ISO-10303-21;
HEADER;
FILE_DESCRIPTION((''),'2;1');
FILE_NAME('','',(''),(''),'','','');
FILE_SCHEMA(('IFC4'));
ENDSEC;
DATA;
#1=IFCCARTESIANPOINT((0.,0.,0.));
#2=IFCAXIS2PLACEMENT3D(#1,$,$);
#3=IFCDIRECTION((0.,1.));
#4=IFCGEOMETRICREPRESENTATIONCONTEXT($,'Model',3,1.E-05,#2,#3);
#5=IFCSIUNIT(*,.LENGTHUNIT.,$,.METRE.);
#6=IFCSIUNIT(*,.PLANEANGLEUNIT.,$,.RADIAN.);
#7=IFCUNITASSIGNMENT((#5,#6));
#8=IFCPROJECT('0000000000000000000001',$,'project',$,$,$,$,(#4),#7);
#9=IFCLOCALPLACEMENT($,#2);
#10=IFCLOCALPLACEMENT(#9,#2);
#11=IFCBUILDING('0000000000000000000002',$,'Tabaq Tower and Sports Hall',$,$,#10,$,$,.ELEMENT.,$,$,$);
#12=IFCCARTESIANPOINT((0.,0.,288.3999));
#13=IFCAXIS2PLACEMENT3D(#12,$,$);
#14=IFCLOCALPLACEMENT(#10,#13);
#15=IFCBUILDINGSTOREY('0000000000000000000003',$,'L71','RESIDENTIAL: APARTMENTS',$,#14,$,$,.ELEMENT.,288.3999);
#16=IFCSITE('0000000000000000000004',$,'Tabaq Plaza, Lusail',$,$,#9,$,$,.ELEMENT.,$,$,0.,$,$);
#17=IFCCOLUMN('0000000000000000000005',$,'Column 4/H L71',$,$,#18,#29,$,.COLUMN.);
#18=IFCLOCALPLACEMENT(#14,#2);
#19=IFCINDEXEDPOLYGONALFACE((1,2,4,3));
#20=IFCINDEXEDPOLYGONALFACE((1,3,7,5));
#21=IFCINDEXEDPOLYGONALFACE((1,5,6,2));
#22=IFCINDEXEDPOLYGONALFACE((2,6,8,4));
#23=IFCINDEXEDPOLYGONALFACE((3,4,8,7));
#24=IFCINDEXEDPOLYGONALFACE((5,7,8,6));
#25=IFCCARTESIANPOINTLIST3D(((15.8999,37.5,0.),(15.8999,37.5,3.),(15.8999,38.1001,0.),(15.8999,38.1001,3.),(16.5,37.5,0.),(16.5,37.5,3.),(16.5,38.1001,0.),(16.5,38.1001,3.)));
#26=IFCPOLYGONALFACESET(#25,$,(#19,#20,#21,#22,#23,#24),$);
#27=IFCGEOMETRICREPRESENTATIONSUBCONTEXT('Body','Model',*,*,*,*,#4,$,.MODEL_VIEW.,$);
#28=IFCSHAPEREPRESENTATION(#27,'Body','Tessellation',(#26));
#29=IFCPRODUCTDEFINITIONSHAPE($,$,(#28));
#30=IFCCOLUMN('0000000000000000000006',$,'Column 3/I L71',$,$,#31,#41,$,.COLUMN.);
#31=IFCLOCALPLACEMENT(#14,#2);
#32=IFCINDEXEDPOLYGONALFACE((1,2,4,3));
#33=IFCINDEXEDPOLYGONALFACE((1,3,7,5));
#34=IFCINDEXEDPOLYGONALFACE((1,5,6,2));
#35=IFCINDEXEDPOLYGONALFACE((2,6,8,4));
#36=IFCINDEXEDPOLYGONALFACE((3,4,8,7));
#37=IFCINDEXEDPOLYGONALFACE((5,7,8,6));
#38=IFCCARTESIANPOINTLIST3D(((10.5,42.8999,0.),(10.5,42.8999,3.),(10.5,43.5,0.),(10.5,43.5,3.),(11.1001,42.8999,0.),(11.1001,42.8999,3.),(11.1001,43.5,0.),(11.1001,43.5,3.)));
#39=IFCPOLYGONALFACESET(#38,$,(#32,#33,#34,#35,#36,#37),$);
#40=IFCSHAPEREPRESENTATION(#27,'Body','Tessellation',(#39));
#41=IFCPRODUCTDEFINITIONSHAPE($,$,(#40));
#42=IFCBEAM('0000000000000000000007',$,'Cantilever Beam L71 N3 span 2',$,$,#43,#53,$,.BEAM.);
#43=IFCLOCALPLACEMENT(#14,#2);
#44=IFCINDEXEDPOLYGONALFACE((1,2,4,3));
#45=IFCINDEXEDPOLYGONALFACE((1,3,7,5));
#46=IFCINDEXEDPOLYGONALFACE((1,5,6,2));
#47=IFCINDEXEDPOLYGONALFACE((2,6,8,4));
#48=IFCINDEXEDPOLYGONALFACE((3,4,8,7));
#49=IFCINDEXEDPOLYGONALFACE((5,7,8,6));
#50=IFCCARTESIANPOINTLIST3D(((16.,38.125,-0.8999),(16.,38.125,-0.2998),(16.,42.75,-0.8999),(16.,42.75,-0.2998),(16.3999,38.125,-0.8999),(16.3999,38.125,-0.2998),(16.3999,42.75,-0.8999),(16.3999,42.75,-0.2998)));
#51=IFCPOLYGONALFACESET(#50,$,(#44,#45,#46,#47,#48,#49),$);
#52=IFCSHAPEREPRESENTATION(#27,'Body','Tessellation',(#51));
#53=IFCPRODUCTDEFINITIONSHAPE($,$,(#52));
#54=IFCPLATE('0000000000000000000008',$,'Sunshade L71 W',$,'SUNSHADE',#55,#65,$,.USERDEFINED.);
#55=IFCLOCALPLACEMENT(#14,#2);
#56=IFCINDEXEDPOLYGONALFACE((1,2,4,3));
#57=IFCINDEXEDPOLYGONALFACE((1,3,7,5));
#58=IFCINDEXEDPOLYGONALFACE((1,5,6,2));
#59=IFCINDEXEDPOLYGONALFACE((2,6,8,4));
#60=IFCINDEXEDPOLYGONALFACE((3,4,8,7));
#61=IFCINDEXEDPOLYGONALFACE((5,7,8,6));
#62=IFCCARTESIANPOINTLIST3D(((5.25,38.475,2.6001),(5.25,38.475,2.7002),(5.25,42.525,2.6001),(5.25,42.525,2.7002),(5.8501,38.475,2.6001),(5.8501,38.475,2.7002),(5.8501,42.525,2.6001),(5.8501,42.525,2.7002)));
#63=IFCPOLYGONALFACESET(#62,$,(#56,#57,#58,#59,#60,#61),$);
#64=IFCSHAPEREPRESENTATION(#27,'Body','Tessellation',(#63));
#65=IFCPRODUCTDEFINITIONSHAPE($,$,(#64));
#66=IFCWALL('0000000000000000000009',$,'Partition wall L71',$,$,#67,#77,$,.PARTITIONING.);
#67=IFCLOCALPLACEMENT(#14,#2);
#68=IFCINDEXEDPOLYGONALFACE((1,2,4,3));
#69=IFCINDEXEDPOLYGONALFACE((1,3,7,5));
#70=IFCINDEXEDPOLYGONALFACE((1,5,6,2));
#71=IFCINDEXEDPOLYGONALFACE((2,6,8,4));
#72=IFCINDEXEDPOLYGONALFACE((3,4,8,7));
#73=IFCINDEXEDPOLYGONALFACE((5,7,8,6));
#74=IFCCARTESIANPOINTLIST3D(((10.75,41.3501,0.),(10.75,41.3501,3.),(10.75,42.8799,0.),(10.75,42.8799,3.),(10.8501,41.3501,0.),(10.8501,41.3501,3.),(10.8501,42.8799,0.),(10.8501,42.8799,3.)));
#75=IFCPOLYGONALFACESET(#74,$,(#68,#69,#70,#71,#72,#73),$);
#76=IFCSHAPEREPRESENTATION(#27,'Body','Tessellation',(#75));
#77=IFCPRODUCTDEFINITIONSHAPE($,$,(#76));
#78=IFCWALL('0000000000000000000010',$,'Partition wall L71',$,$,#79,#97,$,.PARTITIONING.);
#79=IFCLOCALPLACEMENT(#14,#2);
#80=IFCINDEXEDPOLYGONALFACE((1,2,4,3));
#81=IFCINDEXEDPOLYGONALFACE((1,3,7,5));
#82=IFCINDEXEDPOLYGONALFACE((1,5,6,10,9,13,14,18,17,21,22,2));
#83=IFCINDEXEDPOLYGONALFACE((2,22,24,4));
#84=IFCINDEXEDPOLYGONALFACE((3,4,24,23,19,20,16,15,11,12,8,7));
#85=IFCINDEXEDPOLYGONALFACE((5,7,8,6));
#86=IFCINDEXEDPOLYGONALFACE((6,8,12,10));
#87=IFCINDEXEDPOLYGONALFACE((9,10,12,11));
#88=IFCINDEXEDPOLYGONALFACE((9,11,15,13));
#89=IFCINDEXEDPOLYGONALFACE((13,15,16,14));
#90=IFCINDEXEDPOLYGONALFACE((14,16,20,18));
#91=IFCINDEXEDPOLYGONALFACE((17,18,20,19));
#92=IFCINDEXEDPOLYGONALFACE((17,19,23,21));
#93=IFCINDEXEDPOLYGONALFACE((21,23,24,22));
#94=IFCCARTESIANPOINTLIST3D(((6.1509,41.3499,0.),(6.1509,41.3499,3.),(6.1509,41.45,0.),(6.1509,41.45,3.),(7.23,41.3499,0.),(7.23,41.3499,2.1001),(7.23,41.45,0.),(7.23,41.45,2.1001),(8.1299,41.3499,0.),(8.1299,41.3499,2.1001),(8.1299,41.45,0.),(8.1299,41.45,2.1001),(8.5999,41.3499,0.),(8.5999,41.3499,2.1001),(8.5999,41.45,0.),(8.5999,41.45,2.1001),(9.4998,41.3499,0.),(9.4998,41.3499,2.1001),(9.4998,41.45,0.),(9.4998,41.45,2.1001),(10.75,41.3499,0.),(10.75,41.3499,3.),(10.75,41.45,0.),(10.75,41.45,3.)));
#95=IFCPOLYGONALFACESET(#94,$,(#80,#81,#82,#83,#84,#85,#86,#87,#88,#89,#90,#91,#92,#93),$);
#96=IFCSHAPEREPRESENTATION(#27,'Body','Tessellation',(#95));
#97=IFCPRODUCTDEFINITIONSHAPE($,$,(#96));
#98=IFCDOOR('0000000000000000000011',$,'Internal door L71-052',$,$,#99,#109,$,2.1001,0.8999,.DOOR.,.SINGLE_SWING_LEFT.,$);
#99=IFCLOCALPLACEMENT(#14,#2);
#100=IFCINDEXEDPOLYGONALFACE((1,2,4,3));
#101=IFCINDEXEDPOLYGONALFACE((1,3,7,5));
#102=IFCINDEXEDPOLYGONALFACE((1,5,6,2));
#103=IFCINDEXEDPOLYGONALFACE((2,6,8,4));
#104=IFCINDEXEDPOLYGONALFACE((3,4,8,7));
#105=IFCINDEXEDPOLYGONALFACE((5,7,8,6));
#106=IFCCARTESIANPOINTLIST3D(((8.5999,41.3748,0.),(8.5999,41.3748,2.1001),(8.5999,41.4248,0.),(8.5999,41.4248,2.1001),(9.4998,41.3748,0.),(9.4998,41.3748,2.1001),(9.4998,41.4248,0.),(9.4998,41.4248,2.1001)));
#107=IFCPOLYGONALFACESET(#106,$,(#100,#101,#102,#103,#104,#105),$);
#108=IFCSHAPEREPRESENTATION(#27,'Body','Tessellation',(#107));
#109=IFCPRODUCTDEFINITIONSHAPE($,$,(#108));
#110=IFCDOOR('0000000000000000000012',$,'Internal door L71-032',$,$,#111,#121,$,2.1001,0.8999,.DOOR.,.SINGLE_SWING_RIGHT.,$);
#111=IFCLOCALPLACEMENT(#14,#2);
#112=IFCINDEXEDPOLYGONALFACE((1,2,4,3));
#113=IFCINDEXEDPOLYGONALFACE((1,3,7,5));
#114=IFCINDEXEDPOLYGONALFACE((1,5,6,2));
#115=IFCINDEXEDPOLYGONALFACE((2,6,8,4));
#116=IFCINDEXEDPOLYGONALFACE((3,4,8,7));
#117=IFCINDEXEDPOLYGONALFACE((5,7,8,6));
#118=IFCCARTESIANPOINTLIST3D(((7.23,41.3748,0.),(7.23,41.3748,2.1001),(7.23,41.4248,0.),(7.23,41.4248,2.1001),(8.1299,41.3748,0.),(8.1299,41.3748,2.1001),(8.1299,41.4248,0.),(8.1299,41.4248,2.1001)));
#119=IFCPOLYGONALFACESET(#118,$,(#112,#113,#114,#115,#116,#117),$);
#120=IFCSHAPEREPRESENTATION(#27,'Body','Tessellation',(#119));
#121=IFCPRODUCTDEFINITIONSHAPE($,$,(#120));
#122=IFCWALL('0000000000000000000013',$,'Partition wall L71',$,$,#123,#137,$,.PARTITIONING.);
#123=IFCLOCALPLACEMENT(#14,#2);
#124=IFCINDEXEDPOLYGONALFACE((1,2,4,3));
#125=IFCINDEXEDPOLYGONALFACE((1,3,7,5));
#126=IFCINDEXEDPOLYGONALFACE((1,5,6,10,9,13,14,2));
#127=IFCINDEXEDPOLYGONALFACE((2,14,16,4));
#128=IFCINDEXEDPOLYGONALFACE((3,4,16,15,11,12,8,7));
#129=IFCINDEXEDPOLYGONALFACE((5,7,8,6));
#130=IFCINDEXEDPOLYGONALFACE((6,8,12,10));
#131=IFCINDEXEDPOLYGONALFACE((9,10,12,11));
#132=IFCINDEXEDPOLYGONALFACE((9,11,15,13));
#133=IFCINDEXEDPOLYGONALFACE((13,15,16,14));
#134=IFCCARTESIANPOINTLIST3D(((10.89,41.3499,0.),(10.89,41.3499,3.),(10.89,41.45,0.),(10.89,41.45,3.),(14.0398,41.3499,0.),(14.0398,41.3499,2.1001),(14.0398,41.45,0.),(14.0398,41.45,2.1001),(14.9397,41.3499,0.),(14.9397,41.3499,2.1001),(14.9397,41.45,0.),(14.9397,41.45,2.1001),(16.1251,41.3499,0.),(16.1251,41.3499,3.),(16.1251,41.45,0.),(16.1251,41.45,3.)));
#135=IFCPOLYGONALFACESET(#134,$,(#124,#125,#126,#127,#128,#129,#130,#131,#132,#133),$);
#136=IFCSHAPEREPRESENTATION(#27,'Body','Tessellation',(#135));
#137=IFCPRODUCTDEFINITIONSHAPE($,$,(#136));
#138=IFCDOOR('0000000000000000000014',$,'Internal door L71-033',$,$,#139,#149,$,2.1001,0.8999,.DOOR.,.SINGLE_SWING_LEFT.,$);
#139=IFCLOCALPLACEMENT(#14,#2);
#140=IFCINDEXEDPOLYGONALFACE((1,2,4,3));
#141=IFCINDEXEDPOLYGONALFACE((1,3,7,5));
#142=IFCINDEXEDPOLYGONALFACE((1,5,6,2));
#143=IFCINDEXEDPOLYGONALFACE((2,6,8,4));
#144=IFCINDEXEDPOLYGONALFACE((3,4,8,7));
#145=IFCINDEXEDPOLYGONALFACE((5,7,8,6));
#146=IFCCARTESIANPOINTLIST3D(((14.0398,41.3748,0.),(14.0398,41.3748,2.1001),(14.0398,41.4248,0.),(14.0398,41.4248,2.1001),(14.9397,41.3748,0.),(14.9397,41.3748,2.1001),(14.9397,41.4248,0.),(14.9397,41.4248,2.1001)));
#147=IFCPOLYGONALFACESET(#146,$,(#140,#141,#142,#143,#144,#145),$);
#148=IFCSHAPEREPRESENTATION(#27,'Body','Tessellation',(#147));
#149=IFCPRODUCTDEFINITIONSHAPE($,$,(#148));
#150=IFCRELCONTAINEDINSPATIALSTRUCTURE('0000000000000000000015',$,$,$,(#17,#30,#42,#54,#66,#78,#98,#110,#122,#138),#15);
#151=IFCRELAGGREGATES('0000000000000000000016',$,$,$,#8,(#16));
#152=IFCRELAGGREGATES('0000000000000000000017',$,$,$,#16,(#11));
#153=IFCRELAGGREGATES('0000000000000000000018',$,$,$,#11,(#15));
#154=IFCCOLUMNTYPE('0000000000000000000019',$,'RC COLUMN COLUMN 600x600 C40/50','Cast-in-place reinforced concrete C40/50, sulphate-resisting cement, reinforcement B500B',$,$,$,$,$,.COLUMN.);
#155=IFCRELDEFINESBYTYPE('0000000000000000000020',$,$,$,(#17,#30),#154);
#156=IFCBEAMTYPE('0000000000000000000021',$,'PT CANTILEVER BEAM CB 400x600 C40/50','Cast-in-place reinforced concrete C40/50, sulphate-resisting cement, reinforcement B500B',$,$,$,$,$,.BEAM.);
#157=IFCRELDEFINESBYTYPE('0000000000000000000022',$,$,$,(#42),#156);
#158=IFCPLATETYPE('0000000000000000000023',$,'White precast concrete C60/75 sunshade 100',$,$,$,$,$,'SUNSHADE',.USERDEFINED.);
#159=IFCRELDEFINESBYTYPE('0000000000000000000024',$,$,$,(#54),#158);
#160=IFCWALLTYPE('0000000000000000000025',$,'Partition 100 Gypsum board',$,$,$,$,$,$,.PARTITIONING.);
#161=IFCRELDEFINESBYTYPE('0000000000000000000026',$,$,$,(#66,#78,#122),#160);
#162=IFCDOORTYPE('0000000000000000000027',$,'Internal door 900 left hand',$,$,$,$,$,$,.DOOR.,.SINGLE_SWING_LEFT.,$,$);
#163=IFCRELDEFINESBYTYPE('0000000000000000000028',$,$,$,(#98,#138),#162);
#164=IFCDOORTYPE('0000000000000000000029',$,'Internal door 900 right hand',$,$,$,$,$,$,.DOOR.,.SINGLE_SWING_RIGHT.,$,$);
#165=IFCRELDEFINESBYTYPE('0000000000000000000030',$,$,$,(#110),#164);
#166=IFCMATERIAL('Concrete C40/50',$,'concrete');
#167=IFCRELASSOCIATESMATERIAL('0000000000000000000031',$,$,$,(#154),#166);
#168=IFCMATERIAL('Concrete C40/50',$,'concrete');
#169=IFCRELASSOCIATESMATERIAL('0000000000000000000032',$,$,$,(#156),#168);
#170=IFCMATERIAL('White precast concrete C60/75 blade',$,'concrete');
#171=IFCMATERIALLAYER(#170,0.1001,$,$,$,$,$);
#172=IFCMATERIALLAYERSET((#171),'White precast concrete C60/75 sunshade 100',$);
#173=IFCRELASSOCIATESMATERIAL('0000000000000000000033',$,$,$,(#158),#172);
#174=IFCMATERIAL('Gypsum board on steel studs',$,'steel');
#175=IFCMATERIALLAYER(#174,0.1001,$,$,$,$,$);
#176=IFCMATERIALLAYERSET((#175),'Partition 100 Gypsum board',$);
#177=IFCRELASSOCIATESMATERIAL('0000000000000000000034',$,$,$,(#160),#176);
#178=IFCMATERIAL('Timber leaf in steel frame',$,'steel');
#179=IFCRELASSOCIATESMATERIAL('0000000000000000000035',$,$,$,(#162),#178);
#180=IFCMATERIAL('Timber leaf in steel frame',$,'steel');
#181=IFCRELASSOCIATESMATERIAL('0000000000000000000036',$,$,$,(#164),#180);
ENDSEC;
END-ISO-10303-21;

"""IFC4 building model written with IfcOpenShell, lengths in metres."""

from ifc_helpers import new_model, si_unit, direction, frame, frame_2d, origin, origin_2d, place, context, subcontext, project, spatial, rectangle, extrude, material, layer, layer_set, material_profile, profile_set, type_object, element, fill, save


model = new_model("IFC4")

# Units and contexts
model_context = context("Model", 3, precision=1e-05, world=origin(), true_north=direction((0.0, 1.0)))
body_context = subcontext(model_context, "Body", "Model", "MODEL_VIEW")
ifc_project = project(units=[si_unit("LENGTHUNIT", "METRE"), si_unit("PLANEANGLEUNIT", "RADIAN")], contexts=[model_context])

# Site, building, storey
site_placement = place(None, origin())
site = spatial("IfcSite", under=ifc_project, at=site_placement, Name="Tabaq Plaza, Lusail", CompositionType="ELEMENT", RefElevation=0.0)
building_placement = place(site_placement, origin())
building = spatial("IfcBuilding", under=site, at=building_placement, Name="Tabaq Tower and Sports Hall", CompositionType="ELEMENT")
storey_placement = place(building_placement, frame((0.0, 0.0, 288.3999)))
storey = spatial("IfcBuildingStorey", under=building, at=storey_placement, Name="L71", Description="RESIDENTIAL: APARTMENTS", CompositionType="ELEMENT", Elevation=288.3999)

# Columns
ifc_material_1 = material(Name="Concrete C40/50", Category="concrete")
ifc_material_profile_1 = material_profile(ifc_material_1, rectangle(XDim=0.6001, YDim=0.6001, at=origin_2d()), Name="COLUMN 600x600")
ifc_profile_set_1 = profile_set([ifc_material_profile_1], Name="Concrete C40/50")
column_type = type_object("IfcColumnType", Name="RC COLUMN COLUMN 600x600 C40/50", Description="Cast-in-place reinforced concrete C40/50, sulphate-resisting cement, reinforcement B500B", PredefinedType="COLUMN", material=ifc_profile_set_1)
for number, where, z_axis, x_axis, name in (
    (1, (16.2, 37.8, 0.0), (0.0, 0.0, 1.0), (1.0, 0.0, 0.0), "Column 4/H L71"),
    (2, (10.8, 43.2, 0.0), (0.0, 0.0, 1.0), (1.0, 0.0, 0.0), "Column 3/I L71"),
):
    element("IfcColumn", number, at=place(storey_placement, frame(where, z_axis=z_axis, x_axis=x_axis)), inside=storey, type_object=column_type, Name=name, PredefinedType="COLUMN", context=body_context, shape_type="SweptSolid", body=[
        extrude(rectangle(XDim=0.6001, YDim=0.6001, at=origin_2d()), origin(), (0.0, 0.0, 1.0), 3.0),
    ])

# Beam
ifc_material_2 = material(Name="Concrete C40/50", Category="concrete")
ifc_material_profile_2 = material_profile(ifc_material_2, rectangle(XDim=0.3999, YDim=0.6001, at=origin_2d()), Name="CB 400x600")
ifc_profile_set_2 = profile_set([ifc_material_profile_2], Name="Concrete C40/50")
beam_type = type_object("IfcBeamType", Name="PT CANTILEVER BEAM CB 400x600 C40/50", Description="Cast-in-place reinforced concrete C40/50, sulphate-resisting cement, reinforcement B500B", PredefinedType="BEAM", material=ifc_profile_set_2)
beam_placement = place(storey_placement, frame((16.2, 42.75, -0.5999), z_axis=(0.0, -1.0, 0.0), x_axis=(1.0, 0.0, 0.0)))
element("IfcBeam", 3, at=beam_placement, inside=storey, type_object=beam_type, Name="Cantilever Beam L71 N3 span 2", PredefinedType="BEAM", context=body_context, shape_type="SweptSolid", body=[
    extrude(rectangle(XDim=0.3999, YDim=0.6001, at=origin_2d()), origin(), (0.0, 0.0, 1.0), 4.625),
])

# Plate
ifc_material_3 = material(Name="White precast concrete C60/75 blade", Category="concrete")
ifc_layer_1 = layer(ifc_material_3, 0.1001)
ifc_layer_set_1 = layer_set([ifc_layer_1], Name="White precast concrete C60/75 sunshade 100")
plate_type = type_object("IfcPlateType", Name="White precast concrete C60/75 sunshade 100", ElementType="SUNSHADE", PredefinedType="USERDEFINED", material=ifc_layer_set_1)
plate_placement = place(storey_placement, frame((5.55, 40.5, 2.6001), z_axis=(0.0, 0.0, 1.0), x_axis=(0.0, -1.0, 0.0)))
element("IfcPlate", 4, at=plate_placement, inside=storey, type_object=plate_type, Name="Sunshade L71 W", ObjectType="SUNSHADE", PredefinedType="USERDEFINED", context=body_context, shape_type="SweptSolid", body=[
    extrude(rectangle(XDim=4.05, YDim=0.6001, at=origin_2d()), origin(), (0.0, 0.0, 1.0), 0.1001),
])

# Wall
ifc_material_4 = material(Name="Gypsum board on steel studs", Category="steel")
ifc_layer_2 = layer(ifc_material_4, 0.1001)
ifc_layer_set_2 = layer_set([ifc_layer_2], Name="Partition 100 Gypsum board")
wall_type_1 = type_object("IfcWallType", Name="Partition 100 Gypsum board", PredefinedType="PARTITIONING", material=ifc_layer_set_2)
wall_1_placement = place(storey_placement, frame((10.8, 41.3501, 0.0), z_axis=(0.0, 0.0, 1.0), x_axis=(0.0, 1.0, 0.0)))
element("IfcWall", 5, at=wall_1_placement, inside=storey, type_object=wall_type_1, Name="Partition wall L71", PredefinedType="PARTITIONING", context=body_context, shape_type="SweptSolid", body=[
    extrude(rectangle(XDim=1.5298, YDim=0.1001, at=frame_2d((0.7649, 0.0))), origin(), (0.0, 0.0, 1.0), 3.0),
])

# Wall, openings, doors
wall_2_placement = place(storey_placement, frame((6.1509, 41.3999, 0.0), z_axis=(0.0, 0.0, 1.0), x_axis=(1.0, 0.0, 0.0)))
wall_2 = element("IfcWall", 6, at=wall_2_placement, inside=storey, type_object=wall_type_1, Name="Partition wall L71", PredefinedType="PARTITIONING", context=body_context, shape_type="SweptSolid", body=[
    extrude(rectangle(XDim=4.5991, YDim=0.1001, at=frame_2d((2.2996, 0.0))), origin(), (0.0, 0.0, 1.0), 3.0),
])
opening_1_placement = place(wall_2_placement, frame((1.0791, 0.0, 0.0)))
opening_1 = element("IfcOpeningElement", 7, at=opening_1_placement, cuts=wall_2, PredefinedType="OPENING", context=body_context, shape_type="SweptSolid", body=[
    extrude(rectangle(XDim=0.8999, YDim=2.1001, at=frame_2d((0.45, 1.05))), frame((0.0, 0.05, 0.0), z_axis=(0.0, -1.0, 0.0), x_axis=(1.0, 0.0, 0.0)), (0.0, 0.0, 1.0), 0.1001),
])
opening_2_placement = place(wall_2_placement, frame((2.449, 0.0, 0.0)))
opening_2 = element("IfcOpeningElement", 8, at=opening_2_placement, cuts=wall_2, PredefinedType="OPENING", context=body_context, shape_type="SweptSolid", body=[
    extrude(rectangle(XDim=0.8999, YDim=2.1001, at=frame_2d((0.45, 1.05))), frame((0.0, 0.05, 0.0), z_axis=(0.0, -1.0, 0.0), x_axis=(1.0, 0.0, 0.0)), (0.0, 0.0, 1.0), 0.1001),
])
ifc_material_5 = material(Name="Timber leaf in steel frame", Category="steel")
door_type_1 = type_object("IfcDoorType", Name="Internal door 900 left hand", OperationType="SINGLE_SWING_LEFT", PredefinedType="DOOR", material=ifc_material_5)
door_1_placement = place(opening_2_placement, origin())
door_1 = element("IfcDoor", 9, at=door_1_placement, inside=storey, type_object=door_type_1, Name="Internal door L71-052", OperationType="SINGLE_SWING_LEFT", OverallHeight=2.1001, OverallWidth=0.8999, PredefinedType="DOOR", context=body_context, shape_type="SweptSolid", body=[
    extrude(rectangle(XDim=0.8999, YDim=2.1001, at=frame_2d((0.45, 1.05))), frame((0.0, 0.0249, 0.0), z_axis=(0.0, -1.0, 0.0), x_axis=(1.0, 0.0, 0.0)), (0.0, 0.0, 1.0), 0.05),
])
fill(opening_2, door_1)
ifc_material_6 = material(Name="Timber leaf in steel frame", Category="steel")
door_type_2 = type_object("IfcDoorType", Name="Internal door 900 right hand", OperationType="SINGLE_SWING_RIGHT", PredefinedType="DOOR", material=ifc_material_6)
door_2_placement = place(opening_1_placement, origin())
door_2 = element("IfcDoor", 10, at=door_2_placement, inside=storey, type_object=door_type_2, Name="Internal door L71-032", OperationType="SINGLE_SWING_RIGHT", OverallHeight=2.1001, OverallWidth=0.8999, PredefinedType="DOOR", context=body_context, shape_type="SweptSolid", body=[
    extrude(rectangle(XDim=0.8999, YDim=2.1001, at=frame_2d((0.45, 1.05))), frame((0.0, 0.0249, 0.0), z_axis=(0.0, -1.0, 0.0), x_axis=(1.0, 0.0, 0.0)), (0.0, 0.0, 1.0), 0.05),
])
fill(opening_1, door_2)

# Wall, opening, door
wall_3_placement = place(storey_placement, frame((10.8899, 41.3999, 0.0), z_axis=(0.0, 0.0, 1.0), x_axis=(1.0, 0.0, 0.0)))
wall_3 = element("IfcWall", 11, at=wall_3_placement, inside=storey, type_object=wall_type_1, Name="Partition wall L71", PredefinedType="PARTITIONING", context=body_context, shape_type="SweptSolid", body=[
    extrude(rectangle(XDim=5.2351, YDim=0.1001, at=frame_2d((2.6177, 0.0))), origin(), (0.0, 0.0, 1.0), 3.0),
])
opening_3_placement = place(wall_3_placement, frame((3.1499, 0.0, 0.0)))
opening_3 = element("IfcOpeningElement", 12, at=opening_3_placement, cuts=wall_3, PredefinedType="OPENING", context=body_context, shape_type="SweptSolid", body=[
    extrude(rectangle(XDim=0.8999, YDim=2.1001, at=frame_2d((0.45, 1.05))), frame((0.0, 0.05, 0.0), z_axis=(0.0, -1.0, 0.0), x_axis=(1.0, 0.0, 0.0)), (0.0, 0.0, 1.0), 0.1001),
])
door_3_placement = place(opening_3_placement, origin())
door_3 = element("IfcDoor", 13, at=door_3_placement, inside=storey, type_object=door_type_1, Name="Internal door L71-033", OperationType="SINGLE_SWING_LEFT", OverallHeight=2.1001, OverallWidth=0.8999, PredefinedType="DOOR", context=body_context, shape_type="SweptSolid", body=[
    extrude(rectangle(XDim=0.8999, YDim=2.1001, at=frame_2d((0.45, 1.05))), frame((0.0, 0.0249, 0.0), z_axis=(0.0, -1.0, 0.0), x_axis=(1.0, 0.0, 0.0)), (0.0, 0.0, 1.0), 0.05),
])
fill(opening_3, door_3)

save(model, "model.ifc")
